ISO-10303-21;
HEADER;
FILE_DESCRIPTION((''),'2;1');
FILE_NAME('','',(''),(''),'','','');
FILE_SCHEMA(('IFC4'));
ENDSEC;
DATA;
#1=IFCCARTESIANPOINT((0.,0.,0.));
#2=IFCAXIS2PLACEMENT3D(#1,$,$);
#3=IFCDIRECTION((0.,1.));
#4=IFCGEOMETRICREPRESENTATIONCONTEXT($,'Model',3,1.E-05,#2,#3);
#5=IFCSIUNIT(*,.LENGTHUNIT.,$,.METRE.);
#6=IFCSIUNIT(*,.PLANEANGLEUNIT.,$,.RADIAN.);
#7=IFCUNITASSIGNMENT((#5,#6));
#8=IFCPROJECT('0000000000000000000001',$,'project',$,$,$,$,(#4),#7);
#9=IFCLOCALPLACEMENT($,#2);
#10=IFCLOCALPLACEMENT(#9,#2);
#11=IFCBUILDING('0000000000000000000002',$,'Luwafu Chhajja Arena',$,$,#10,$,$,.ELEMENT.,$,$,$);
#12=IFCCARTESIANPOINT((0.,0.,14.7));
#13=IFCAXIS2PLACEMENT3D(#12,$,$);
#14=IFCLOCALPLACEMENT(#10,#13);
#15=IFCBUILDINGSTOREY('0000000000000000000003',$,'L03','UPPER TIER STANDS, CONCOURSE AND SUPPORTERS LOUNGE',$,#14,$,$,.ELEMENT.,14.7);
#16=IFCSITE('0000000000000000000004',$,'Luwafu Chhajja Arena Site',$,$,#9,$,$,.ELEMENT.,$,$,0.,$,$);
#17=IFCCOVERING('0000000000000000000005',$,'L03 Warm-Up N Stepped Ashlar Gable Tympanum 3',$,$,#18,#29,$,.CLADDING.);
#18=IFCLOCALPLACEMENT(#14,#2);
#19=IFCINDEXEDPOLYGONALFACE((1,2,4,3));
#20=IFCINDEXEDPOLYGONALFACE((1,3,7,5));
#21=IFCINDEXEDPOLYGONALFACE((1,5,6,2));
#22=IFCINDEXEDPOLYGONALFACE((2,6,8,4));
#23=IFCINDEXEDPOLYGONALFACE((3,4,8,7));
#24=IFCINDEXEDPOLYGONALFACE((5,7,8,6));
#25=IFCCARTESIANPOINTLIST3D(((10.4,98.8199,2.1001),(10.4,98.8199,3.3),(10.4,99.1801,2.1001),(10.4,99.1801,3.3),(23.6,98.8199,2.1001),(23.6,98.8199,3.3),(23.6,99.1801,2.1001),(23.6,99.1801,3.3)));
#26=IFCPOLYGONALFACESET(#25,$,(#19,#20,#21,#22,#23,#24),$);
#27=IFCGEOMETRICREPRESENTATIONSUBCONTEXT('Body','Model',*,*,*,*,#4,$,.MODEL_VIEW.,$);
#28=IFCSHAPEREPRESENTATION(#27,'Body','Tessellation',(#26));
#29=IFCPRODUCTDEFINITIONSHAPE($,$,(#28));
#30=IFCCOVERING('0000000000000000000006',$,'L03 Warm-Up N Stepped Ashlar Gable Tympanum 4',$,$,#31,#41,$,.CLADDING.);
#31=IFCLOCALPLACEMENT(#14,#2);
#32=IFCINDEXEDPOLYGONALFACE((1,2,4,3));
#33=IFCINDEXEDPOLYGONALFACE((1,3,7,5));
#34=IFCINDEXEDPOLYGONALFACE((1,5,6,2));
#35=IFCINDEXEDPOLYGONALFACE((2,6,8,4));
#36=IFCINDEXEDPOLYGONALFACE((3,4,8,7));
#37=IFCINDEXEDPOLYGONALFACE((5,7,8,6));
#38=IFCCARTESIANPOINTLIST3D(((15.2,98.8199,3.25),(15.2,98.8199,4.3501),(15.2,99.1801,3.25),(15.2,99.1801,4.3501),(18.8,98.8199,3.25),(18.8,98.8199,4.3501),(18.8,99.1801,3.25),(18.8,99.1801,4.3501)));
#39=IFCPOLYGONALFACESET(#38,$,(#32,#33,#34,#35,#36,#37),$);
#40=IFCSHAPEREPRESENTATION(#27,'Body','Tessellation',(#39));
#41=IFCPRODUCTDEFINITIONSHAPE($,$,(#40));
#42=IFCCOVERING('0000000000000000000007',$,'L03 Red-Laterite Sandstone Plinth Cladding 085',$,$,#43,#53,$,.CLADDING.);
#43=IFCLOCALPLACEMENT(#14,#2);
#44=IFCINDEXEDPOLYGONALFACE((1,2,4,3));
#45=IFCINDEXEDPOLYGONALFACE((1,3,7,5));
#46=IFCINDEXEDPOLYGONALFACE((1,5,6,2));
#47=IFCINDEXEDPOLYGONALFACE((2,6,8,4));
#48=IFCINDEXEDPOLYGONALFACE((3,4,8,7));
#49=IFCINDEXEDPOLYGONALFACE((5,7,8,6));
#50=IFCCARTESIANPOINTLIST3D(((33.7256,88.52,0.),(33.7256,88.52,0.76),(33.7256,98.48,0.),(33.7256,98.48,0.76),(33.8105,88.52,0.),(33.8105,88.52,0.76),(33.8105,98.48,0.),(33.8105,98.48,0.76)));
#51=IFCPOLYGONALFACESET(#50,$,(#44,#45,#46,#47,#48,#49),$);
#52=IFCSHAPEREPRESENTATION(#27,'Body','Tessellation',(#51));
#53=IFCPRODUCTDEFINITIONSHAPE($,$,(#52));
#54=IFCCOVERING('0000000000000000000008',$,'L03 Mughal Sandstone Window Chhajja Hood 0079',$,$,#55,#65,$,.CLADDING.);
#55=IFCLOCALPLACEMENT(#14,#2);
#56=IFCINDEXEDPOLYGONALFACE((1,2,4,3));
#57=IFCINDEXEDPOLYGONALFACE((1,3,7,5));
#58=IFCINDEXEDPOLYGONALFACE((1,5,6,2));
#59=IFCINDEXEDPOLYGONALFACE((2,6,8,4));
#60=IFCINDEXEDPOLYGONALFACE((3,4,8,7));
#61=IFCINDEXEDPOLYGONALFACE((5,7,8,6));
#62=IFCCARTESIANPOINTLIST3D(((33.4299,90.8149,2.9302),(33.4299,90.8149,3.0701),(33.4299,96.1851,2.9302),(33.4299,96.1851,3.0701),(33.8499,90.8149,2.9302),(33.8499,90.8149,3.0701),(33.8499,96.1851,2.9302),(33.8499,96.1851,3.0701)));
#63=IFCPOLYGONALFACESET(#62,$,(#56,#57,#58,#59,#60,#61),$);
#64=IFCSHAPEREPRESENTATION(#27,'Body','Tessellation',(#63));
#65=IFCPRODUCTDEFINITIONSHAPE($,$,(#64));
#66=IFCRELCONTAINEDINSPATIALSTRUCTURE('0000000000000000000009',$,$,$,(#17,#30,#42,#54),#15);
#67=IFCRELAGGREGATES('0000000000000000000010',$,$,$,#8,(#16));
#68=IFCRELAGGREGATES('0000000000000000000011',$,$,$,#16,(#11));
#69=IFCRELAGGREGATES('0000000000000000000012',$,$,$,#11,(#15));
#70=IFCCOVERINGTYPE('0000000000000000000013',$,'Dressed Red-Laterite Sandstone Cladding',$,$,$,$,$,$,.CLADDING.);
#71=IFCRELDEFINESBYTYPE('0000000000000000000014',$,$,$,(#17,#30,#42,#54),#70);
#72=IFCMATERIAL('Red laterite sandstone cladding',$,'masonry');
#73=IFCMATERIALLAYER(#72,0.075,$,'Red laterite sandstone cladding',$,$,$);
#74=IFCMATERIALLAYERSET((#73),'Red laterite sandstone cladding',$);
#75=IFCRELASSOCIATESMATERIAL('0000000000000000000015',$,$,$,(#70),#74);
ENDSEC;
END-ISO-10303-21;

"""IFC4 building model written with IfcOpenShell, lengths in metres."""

from ifc_helpers import new_model, si_unit, direction, frame, origin, origin_2d, place, context, subcontext, project, spatial, rectangle, extrude, material, layer, layer_set, type_object, element, save


model = new_model("IFC4")

# Units and contexts
model_context = context("Model", 3, precision=1e-05, world=origin(), true_north=direction((0.0, 1.0)))
body_context = subcontext(model_context, "Body", "Model", "MODEL_VIEW")
ifc_project = project(units=[si_unit("LENGTHUNIT", "METRE"), si_unit("PLANEANGLEUNIT", "RADIAN")], contexts=[model_context])

# Site, building, storey
site_placement = place(None, origin())
site = spatial("IfcSite", under=ifc_project, at=site_placement, Name="Luwafu Chhajja Arena Site", CompositionType="ELEMENT", RefElevation=0.0)
building_placement = place(site_placement, origin())
building = spatial("IfcBuilding", under=site, at=building_placement, Name="Luwafu Chhajja Arena", CompositionType="ELEMENT")
storey_placement = place(building_placement, frame((0.0, 0.0, 14.7)))
storey = spatial("IfcBuildingStorey", under=building, at=storey_placement, Name="L03", Description="UPPER TIER STANDS, CONCOURSE AND SUPPORTERS LOUNGE", CompositionType="ELEMENT", Elevation=14.7)

# Coverings
ifc_material_1 = material(Name="Red laterite sandstone cladding", Category="masonry")
ifc_layer_1 = layer(ifc_material_1, 0.075, Name="Red laterite sandstone cladding")
ifc_layer_set_1 = layer_set([ifc_layer_1], Name="Red laterite sandstone cladding")
covering_type = type_object("IfcCoveringType", Name="Dressed Red-Laterite Sandstone Cladding", PredefinedType="CLADDING", material=ifc_layer_set_1)
covering_1_placement = place(storey_placement, frame((17.0, 99.0, 2.1001), z_axis=(0.0, 0.0, 1.0), x_axis=(1.0, 0.0, 0.0)))
element("IfcCovering", 1, at=covering_1_placement, inside=storey, type_object=covering_type, Name="L03 Warm-Up N Stepped Ashlar Gable Tympanum 3", PredefinedType="CLADDING", context=body_context, shape_type="SweptSolid", body=[
    extrude(rectangle(XDim=13.2, YDim=0.3601, at=origin_2d()), origin(), (0.0, 0.0, 1.0), 1.2),
])
covering_2_placement = place(storey_placement, frame((17.0, 99.0, 3.25), z_axis=(0.0, 0.0, 1.0), x_axis=(1.0, 0.0, 0.0)))
element("IfcCovering", 2, at=covering_2_placement, inside=storey, type_object=covering_type, Name="L03 Warm-Up N Stepped Ashlar Gable Tympanum 4", PredefinedType="CLADDING", context=body_context, shape_type="SweptSolid", body=[
    extrude(rectangle(XDim=3.6001, YDim=0.3601, at=origin_2d()), origin(), (0.0, 0.0, 1.0), 1.1001),
])
covering_3_placement = place(storey_placement, frame((33.7681, 93.5, 0.0), z_axis=(0.0, 0.0, 1.0), x_axis=(0.0, 1.0, 0.0)))
element("IfcCovering", 3, at=covering_3_placement, inside=storey, type_object=covering_type, Name="L03 Red-Laterite Sandstone Plinth Cladding 085", PredefinedType="CLADDING", context=body_context, shape_type="SweptSolid", body=[
    extrude(rectangle(XDim=9.96, YDim=0.085, at=origin_2d()), origin(), (0.0, 0.0, 1.0), 0.76),
])
covering_4_placement = place(storey_placement, frame((33.6399, 93.5, 2.9302), z_axis=(0.0, 0.0, 1.0), x_axis=(0.0, 1.0, 0.0)))
element("IfcCovering", 4, at=covering_4_placement, inside=storey, type_object=covering_type, Name="L03 Mughal Sandstone Window Chhajja Hood 0079", PredefinedType="CLADDING", context=body_context, shape_type="SweptSolid", body=[
    extrude(rectangle(XDim=5.3701, YDim=0.4199, at=origin_2d()), origin(), (0.0, 0.0, 1.0), 0.1399),
])

save(model, "model.ifc")
